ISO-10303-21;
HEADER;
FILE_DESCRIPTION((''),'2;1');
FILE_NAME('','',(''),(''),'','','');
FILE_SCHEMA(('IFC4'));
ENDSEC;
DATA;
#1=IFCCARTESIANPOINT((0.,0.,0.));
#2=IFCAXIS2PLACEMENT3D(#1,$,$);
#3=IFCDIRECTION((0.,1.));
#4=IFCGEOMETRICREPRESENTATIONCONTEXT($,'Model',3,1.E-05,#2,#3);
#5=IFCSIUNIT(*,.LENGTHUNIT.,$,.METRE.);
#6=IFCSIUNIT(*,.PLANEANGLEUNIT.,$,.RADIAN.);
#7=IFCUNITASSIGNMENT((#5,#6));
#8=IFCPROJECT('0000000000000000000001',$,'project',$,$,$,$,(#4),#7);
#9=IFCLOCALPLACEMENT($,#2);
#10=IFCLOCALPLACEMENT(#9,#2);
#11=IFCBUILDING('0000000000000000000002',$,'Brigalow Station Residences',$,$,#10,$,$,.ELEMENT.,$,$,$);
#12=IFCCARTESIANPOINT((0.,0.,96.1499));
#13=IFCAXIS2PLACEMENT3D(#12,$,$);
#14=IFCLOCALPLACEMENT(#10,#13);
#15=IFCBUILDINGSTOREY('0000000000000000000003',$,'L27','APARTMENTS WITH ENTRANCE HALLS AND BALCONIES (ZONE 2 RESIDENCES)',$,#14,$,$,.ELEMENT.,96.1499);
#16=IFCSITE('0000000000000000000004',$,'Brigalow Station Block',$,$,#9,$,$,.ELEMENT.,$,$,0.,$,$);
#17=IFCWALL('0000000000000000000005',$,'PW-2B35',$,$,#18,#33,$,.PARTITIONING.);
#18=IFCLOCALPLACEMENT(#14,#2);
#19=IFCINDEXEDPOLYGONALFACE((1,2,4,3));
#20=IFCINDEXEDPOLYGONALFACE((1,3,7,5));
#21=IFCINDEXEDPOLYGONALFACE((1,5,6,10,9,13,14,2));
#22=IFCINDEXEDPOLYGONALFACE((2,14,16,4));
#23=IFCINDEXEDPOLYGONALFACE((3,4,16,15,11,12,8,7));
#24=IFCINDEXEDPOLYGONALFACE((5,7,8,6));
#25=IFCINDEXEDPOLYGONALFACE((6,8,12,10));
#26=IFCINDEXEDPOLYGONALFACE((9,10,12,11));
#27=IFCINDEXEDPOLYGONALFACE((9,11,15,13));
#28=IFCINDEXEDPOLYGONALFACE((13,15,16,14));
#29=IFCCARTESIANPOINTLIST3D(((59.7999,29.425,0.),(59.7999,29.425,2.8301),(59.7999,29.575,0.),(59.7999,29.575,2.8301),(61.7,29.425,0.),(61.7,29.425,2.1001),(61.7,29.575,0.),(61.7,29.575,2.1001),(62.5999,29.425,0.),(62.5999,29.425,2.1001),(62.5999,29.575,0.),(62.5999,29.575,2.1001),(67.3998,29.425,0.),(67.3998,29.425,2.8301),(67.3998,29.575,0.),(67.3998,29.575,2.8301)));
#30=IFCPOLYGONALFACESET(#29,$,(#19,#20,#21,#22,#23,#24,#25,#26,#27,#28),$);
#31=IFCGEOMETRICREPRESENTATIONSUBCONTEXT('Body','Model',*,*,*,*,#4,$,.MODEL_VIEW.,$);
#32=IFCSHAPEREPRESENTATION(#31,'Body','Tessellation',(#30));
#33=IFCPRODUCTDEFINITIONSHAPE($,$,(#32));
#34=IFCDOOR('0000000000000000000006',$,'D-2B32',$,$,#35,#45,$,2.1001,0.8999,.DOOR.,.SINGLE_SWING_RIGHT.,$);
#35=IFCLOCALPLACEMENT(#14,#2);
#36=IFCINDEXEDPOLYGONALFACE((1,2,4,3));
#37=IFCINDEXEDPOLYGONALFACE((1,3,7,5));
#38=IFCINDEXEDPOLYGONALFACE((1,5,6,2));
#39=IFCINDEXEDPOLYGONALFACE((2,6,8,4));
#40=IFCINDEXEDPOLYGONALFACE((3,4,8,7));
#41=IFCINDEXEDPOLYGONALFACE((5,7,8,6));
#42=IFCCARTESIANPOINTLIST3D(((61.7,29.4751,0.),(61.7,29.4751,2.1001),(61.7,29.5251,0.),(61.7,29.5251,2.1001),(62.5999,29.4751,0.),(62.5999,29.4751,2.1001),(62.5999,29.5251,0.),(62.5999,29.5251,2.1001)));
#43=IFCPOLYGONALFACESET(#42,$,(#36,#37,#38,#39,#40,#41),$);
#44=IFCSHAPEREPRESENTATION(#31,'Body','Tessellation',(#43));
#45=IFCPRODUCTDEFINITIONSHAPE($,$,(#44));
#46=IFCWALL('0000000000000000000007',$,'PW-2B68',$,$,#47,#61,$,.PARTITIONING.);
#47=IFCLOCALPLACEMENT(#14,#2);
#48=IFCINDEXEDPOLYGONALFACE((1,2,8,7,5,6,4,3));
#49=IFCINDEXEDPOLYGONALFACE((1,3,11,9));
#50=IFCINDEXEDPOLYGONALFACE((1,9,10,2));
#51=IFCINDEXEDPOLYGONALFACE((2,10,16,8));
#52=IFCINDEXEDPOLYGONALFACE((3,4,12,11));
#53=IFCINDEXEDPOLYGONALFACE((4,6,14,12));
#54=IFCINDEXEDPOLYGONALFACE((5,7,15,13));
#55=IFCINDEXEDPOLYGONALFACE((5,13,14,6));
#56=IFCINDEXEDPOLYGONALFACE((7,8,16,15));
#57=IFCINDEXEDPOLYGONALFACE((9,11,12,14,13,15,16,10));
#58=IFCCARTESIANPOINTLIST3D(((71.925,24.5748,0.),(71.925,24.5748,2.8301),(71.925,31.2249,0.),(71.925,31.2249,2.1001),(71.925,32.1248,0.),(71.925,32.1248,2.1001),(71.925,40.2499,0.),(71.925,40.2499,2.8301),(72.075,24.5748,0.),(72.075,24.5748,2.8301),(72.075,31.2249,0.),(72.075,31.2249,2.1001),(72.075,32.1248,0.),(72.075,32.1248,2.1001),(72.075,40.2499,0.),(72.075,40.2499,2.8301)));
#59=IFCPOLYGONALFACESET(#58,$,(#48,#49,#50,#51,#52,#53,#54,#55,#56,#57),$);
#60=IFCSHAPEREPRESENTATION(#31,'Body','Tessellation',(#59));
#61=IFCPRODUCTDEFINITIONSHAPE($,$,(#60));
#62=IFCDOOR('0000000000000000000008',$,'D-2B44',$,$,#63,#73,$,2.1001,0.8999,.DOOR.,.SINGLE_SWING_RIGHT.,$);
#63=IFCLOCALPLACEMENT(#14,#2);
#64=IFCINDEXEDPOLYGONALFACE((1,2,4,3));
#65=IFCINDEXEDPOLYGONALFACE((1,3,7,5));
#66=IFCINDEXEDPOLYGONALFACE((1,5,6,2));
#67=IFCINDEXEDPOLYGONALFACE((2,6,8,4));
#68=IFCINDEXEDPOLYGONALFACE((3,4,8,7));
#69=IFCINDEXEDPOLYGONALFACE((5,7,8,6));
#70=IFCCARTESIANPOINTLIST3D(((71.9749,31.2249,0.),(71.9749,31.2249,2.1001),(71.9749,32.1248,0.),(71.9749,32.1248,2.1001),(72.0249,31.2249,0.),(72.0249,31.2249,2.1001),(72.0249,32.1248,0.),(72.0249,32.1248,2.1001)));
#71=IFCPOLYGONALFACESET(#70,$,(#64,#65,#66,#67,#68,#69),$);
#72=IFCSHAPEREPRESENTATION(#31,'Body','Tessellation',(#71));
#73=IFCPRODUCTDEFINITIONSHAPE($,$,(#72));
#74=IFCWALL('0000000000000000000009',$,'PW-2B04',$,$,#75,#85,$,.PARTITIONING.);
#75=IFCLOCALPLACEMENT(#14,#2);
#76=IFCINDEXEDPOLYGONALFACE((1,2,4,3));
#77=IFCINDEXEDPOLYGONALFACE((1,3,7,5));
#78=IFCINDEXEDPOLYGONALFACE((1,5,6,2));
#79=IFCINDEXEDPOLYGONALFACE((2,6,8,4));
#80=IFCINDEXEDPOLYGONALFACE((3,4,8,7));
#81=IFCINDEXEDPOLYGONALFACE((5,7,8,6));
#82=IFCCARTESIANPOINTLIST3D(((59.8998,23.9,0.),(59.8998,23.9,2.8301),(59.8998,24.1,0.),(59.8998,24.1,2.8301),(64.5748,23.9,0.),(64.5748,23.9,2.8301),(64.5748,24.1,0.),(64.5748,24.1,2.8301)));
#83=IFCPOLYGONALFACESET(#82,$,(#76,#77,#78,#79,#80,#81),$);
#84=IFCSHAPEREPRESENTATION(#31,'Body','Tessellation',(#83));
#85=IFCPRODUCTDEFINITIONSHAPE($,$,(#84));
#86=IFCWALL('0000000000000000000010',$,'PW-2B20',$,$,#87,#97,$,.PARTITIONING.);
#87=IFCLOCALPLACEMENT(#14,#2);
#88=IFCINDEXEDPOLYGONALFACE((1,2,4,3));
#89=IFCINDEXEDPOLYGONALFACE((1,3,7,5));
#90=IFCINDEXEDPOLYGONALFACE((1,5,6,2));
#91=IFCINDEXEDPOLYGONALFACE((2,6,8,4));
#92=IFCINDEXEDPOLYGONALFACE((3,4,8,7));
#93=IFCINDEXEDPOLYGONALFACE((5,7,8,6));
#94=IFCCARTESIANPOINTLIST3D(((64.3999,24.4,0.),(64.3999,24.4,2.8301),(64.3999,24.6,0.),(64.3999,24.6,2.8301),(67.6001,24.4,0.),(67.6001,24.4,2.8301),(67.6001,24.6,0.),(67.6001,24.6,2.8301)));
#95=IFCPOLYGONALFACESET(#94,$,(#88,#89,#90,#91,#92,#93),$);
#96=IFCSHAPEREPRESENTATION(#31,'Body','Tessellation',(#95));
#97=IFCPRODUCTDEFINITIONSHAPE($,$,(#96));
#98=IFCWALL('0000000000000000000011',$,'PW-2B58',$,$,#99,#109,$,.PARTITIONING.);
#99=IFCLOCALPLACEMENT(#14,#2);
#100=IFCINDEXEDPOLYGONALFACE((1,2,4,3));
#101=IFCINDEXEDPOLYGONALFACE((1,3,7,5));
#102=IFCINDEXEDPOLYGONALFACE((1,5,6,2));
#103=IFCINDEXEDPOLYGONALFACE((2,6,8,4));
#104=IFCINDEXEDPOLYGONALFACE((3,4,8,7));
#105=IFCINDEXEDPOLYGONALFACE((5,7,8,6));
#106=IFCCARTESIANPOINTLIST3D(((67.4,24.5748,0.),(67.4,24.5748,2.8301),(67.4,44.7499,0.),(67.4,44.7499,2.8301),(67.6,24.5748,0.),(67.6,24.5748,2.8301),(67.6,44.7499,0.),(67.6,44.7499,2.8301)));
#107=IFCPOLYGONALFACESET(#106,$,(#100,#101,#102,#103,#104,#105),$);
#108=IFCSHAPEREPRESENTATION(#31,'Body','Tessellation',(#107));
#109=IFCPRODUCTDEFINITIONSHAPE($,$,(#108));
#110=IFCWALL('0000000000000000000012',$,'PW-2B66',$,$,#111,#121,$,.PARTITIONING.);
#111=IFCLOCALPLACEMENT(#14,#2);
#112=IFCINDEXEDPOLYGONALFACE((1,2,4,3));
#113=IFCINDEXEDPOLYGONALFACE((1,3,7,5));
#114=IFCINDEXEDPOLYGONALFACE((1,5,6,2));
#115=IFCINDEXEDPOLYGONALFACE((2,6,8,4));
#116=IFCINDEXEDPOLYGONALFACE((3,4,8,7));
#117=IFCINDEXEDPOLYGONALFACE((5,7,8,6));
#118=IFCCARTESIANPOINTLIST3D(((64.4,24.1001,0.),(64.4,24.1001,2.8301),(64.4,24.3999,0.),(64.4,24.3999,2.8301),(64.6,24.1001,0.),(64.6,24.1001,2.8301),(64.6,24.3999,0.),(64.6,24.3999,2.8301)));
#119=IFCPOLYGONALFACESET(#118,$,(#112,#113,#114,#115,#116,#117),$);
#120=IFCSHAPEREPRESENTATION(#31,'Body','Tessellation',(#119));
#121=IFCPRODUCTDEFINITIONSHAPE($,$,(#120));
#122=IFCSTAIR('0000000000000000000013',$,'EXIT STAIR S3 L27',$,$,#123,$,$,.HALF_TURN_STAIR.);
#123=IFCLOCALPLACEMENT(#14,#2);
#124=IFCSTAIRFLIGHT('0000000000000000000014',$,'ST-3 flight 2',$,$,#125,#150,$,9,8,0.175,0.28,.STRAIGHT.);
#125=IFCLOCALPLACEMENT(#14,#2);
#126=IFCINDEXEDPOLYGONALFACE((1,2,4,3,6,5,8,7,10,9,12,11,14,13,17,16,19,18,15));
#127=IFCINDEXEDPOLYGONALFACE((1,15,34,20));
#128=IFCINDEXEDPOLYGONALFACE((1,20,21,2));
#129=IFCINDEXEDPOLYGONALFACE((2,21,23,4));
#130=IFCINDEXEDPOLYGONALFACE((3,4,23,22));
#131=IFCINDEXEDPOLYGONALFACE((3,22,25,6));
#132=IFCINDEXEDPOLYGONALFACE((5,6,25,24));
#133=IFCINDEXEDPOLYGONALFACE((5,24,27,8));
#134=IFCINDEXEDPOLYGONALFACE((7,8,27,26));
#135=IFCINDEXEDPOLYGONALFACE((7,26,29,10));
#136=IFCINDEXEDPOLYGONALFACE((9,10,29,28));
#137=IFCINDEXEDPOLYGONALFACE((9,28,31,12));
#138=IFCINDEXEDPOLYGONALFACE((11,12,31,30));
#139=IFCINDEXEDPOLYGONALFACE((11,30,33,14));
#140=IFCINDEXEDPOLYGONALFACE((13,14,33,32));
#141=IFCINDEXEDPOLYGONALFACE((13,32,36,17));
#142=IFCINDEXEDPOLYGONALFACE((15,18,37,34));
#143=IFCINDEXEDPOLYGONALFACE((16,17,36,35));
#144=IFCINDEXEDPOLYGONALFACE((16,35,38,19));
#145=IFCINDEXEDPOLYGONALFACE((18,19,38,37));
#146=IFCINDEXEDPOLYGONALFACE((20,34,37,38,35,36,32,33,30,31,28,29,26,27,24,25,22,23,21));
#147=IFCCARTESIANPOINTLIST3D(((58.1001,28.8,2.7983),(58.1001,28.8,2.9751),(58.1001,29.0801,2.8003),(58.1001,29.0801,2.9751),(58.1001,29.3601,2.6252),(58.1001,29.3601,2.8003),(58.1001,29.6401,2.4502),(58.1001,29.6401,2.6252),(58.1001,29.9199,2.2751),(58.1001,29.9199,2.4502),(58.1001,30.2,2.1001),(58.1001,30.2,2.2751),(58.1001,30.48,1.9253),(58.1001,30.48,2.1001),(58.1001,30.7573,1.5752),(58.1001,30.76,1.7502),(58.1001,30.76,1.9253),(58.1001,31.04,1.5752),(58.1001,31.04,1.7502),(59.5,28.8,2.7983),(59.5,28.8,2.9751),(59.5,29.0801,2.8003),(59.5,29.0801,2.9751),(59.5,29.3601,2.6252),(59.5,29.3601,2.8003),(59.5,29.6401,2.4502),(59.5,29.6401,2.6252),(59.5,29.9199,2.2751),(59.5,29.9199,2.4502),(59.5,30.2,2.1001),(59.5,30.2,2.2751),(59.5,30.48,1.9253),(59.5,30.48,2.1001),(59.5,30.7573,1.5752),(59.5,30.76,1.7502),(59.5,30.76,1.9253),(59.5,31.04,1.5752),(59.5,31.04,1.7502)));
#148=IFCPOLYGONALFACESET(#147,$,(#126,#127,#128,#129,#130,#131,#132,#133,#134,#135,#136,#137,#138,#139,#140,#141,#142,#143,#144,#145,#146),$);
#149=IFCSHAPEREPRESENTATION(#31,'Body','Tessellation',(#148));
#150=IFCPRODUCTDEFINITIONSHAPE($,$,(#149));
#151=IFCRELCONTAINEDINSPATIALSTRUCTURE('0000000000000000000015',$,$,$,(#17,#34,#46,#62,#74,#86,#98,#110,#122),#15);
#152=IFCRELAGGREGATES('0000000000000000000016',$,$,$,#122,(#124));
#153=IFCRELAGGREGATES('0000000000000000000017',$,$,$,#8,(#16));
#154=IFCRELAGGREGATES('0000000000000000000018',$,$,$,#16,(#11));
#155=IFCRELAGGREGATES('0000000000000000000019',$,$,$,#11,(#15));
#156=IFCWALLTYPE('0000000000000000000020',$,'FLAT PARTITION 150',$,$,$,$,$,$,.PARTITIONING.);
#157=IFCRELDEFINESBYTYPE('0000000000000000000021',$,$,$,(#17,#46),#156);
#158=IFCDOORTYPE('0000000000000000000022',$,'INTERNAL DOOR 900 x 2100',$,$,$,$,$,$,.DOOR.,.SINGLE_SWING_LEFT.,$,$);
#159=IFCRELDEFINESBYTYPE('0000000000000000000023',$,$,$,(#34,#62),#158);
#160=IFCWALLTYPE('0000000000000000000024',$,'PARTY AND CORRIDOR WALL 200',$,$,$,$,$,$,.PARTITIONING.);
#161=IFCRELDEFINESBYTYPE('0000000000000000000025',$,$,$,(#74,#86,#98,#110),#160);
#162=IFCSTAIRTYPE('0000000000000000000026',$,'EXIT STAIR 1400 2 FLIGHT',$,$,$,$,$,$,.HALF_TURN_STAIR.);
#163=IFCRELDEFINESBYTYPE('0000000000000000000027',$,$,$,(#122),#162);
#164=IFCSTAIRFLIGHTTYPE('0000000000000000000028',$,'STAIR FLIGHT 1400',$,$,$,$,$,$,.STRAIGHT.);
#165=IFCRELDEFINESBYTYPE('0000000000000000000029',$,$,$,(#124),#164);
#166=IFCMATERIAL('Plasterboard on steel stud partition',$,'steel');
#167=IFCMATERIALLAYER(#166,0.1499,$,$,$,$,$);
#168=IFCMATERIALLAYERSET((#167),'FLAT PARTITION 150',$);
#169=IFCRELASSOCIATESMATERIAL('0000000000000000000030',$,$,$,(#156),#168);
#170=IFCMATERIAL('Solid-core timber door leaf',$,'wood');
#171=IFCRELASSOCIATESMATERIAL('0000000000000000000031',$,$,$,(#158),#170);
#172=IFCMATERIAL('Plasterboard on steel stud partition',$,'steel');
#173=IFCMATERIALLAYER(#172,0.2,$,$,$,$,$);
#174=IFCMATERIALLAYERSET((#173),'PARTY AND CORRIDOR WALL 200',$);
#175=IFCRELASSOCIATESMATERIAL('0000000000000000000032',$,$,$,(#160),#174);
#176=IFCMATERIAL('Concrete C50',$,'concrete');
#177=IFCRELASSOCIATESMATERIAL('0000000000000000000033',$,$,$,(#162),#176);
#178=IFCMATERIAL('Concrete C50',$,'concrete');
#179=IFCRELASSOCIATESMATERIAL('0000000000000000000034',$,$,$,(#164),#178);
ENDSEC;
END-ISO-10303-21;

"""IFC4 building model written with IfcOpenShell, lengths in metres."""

from ifc_helpers import new_model, si_unit, direction, frame, frame_2d, origin, place, context, subcontext, project, spatial, polyline, rectangle, outline, extrude, material, layer, layer_set, type_object, element, fill, aggregate, save


model = new_model("IFC4")

# Units and contexts
model_context = context("Model", 3, precision=1e-05, world=origin(), true_north=direction((0.0, 1.0)))
body_context = subcontext(model_context, "Body", "Model", "MODEL_VIEW")
ifc_project = project(units=[si_unit("LENGTHUNIT", "METRE"), si_unit("PLANEANGLEUNIT", "RADIAN")], contexts=[model_context])

# Site, building, storey
site_placement = place(None, origin())
site = spatial("IfcSite", under=ifc_project, at=site_placement, Name="Brigalow Station Block", CompositionType="ELEMENT", RefElevation=0.0)
building_placement = place(site_placement, origin())
building = spatial("IfcBuilding", under=site, at=building_placement, Name="Brigalow Station Residences", CompositionType="ELEMENT")
storey_placement = place(building_placement, frame((0.0, 0.0, 96.1499)))
storey = spatial("IfcBuildingStorey", under=building, at=storey_placement, Name="L27", Description="APARTMENTS WITH ENTRANCE HALLS AND BALCONIES (ZONE 2 RESIDENCES)", CompositionType="ELEMENT", Elevation=96.1499)

# Shared definitions
ifc_material_1 = material(Name="Plasterboard on steel stud partition", Category="steel")
ifc_layer_1 = layer(ifc_material_1, 0.1499)
ifc_layer_set_1 = layer_set([ifc_layer_1], Name="FLAT PARTITION 150")
wall_type_1 = type_object("IfcWallType", Name="FLAT PARTITION 150", PredefinedType="PARTITIONING", material=ifc_layer_set_1)

# Walls, openings, doors
wall_1_placement = place(storey_placement, frame((59.8, 29.5, 0.0), z_axis=(0.0, 0.0, 1.0), x_axis=(1.0, 0.0, 0.0)))
wall_1 = element("IfcWall", 1, at=wall_1_placement, inside=storey, type_object=wall_type_1, Name="PW-2B35", PredefinedType="PARTITIONING", context=body_context, shape_type="SweptSolid", body=[
    extrude(rectangle(XDim=7.5999, YDim=0.1499, at=frame_2d((3.7998, 0.0))), origin(), (0.0, 0.0, 1.0), 2.8301),
])
opening_1_placement = place(wall_1_placement, frame((1.8999, 0.0, 0.0)))
opening_1 = element("IfcOpeningElement", 2, at=opening_1_placement, cuts=wall_1, PredefinedType="OPENING", context=body_context, shape_type="SweptSolid", body=[
    extrude(rectangle(XDim=0.8999, YDim=2.1001, at=frame_2d((0.45, 1.05))), frame((0.0, 0.085, 0.0), z_axis=(0.0, -1.0, 0.0), x_axis=(1.0, 0.0, 0.0)), (0.0, 0.0, 1.0), 0.1699),
])
ifc_material_2 = material(Name="Solid-core timber door leaf", Category="wood")
door_type_1 = type_object("IfcDoorType", Name="INTERNAL DOOR 900 x 2100", OperationType="SINGLE_SWING_LEFT", PredefinedType="DOOR", material=ifc_material_2)
door_1_placement = place(opening_1_placement, frame((0.8999, 0.0, 0.0), z_axis=(0.0, 0.0, 1.0), x_axis=(-1.0, 0.0, 0.0)))
door_1 = element("IfcDoor", 3, at=door_1_placement, inside=storey, type_object=door_type_1, Name="D-2B32", OperationType="SINGLE_SWING_RIGHT", OverallHeight=2.1001, OverallWidth=0.8999, PredefinedType="DOOR", context=body_context, shape_type="SweptSolid", body=[
    extrude(rectangle(XDim=0.8999, YDim=2.1001, at=frame_2d((0.45, 1.05))), frame((0.0, 0.0249, 0.0), z_axis=(0.0, -1.0, 0.0), x_axis=(1.0, 0.0, 0.0)), (0.0, 0.0, 1.0), 0.05),
])
fill(opening_1, door_1)
wall_2_placement = place(storey_placement, frame((72.0, 24.575, 0.0), z_axis=(0.0, 0.0, 1.0), x_axis=(0.0, 1.0, 0.0)))
wall_2 = element("IfcWall", 4, at=wall_2_placement, inside=storey, type_object=wall_type_1, Name="PW-2B68", PredefinedType="PARTITIONING", context=body_context, shape_type="SweptSolid", body=[
    extrude(rectangle(XDim=15.675, YDim=0.1499, at=frame_2d((7.8374, 0.0))), origin(), (0.0, 0.0, 1.0), 2.8301),
])
opening_2_placement = place(wall_2_placement, frame((6.6499, 0.0, 0.0)))
opening_2 = element("IfcOpeningElement", 5, at=opening_2_placement, cuts=wall_2, PredefinedType="OPENING", context=body_context, shape_type="SweptSolid", body=[
    extrude(rectangle(XDim=0.8999, YDim=2.1001, at=frame_2d((0.45, 1.05))), frame((0.0, 0.085, 0.0), z_axis=(0.0, -1.0, 0.0), x_axis=(1.0, 0.0, 0.0)), (0.0, 0.0, 1.0), 0.1699),
])
door_2_placement = place(opening_2_placement, frame((0.8999, 0.0, 0.0), z_axis=(0.0, 0.0, 1.0), x_axis=(-1.0, 0.0, 0.0)))
door_2 = element("IfcDoor", 6, at=door_2_placement, inside=storey, type_object=door_type_1, Name="D-2B44", OperationType="SINGLE_SWING_RIGHT", OverallHeight=2.1001, OverallWidth=0.8999, PredefinedType="DOOR", context=body_context, shape_type="SweptSolid", body=[
    extrude(rectangle(XDim=0.8999, YDim=2.1001, at=frame_2d((0.45, 1.05))), frame((0.0, 0.0249, 0.0), z_axis=(0.0, -1.0, 0.0), x_axis=(1.0, 0.0, 0.0)), (0.0, 0.0, 1.0), 0.05),
])
fill(opening_2, door_2)

# Walls
ifc_material_3 = material(Name="Plasterboard on steel stud partition", Category="steel")
ifc_layer_2 = layer(ifc_material_3, 0.2)
ifc_layer_set_2 = layer_set([ifc_layer_2], Name="PARTY AND CORRIDOR WALL 200")
wall_type_2 = type_object("IfcWallType", Name="PARTY AND CORRIDOR WALL 200", PredefinedType="PARTITIONING", material=ifc_layer_set_2)
wall_3_placement = place(storey_placement, frame((59.8999, 24.0, 0.0), z_axis=(0.0, 0.0, 1.0), x_axis=(1.0, 0.0, 0.0)))
element("IfcWall", 7, at=wall_3_placement, inside=storey, type_object=wall_type_2, Name="PW-2B04", PredefinedType="PARTITIONING", context=body_context, shape_type="SweptSolid", body=[
    extrude(rectangle(XDim=4.675, YDim=0.2, at=frame_2d((2.3374, 0.0))), origin(), (0.0, 0.0, 1.0), 2.8301),
])
wall_4_placement = place(storey_placement, frame((64.3999, 24.5, 0.0), z_axis=(0.0, 0.0, 1.0), x_axis=(1.0, 0.0, 0.0)))
element("IfcWall", 8, at=wall_4_placement, inside=storey, type_object=wall_type_2, Name="PW-2B20", PredefinedType="PARTITIONING", context=body_context, shape_type="SweptSolid", body=[
    extrude(rectangle(XDim=3.2002, YDim=0.2, at=frame_2d((1.6001, 0.0))), origin(), (0.0, 0.0, 1.0), 2.8301),
])
wall_5_placement = place(storey_placement, frame((67.5, 24.575, 0.0), z_axis=(0.0, 0.0, 1.0), x_axis=(0.0, 1.0, 0.0)))
element("IfcWall", 9, at=wall_5_placement, inside=storey, type_object=wall_type_2, Name="PW-2B58", PredefinedType="PARTITIONING", context=body_context, shape_type="SweptSolid", body=[
    extrude(rectangle(XDim=20.175, YDim=0.2, at=frame_2d((10.0874, 0.0))), origin(), (0.0, 0.0, 1.0), 2.8301),
])
wall_6_placement = place(storey_placement, frame((64.5, 24.1001, 0.0), z_axis=(0.0, 0.0, 1.0), x_axis=(0.0, 1.0, 0.0)))
element("IfcWall", 10, at=wall_6_placement, inside=storey, type_object=wall_type_2, Name="PW-2B66", PredefinedType="PARTITIONING", context=body_context, shape_type="SweptSolid", body=[
    extrude(rectangle(XDim=0.2998, YDim=0.2, at=frame_2d((0.1499, 0.0))), origin(), (0.0, 0.0, 1.0), 2.8301),
])

# Stair, stair flight
ifc_material_4 = material(Name="Concrete C50", Category="concrete")
stair_type = type_object("IfcStairType", Name="EXIT STAIR 1400 2 FLIGHT", PredefinedType="HALF_TURN_STAIR", material=ifc_material_4)
stair_placement = place(storey_placement, origin())
stair = element("IfcStair", 11, at=stair_placement, inside=storey, type_object=stair_type, Name="EXIT STAIR S3 L27", PredefinedType="HALF_TURN_STAIR")
ifc_material_5 = material(Name="Concrete C50", Category="concrete")
stair_flight_type = type_object("IfcStairFlightType", Name="STAIR FLIGHT 1400", PredefinedType="STRAIGHT", material=ifc_material_5)
stair_flight_placement = place(storey_placement, frame((58.8, 31.04, 1.5752), z_axis=(0.0, 0.0, 1.0), x_axis=(0.0, -1.0, 0.0)))
stair_flight = element("IfcStairFlight", 12, at=stair_flight_placement, type_object=stair_flight_type, Name="ST-3 flight 2", NumberOfRisers=9, NumberOfTreads=8, PredefinedType="STRAIGHT", RiserHeight=0.175, TreadLength=0.28, context=body_context, shape_type="SweptSolid", body=[
    extrude(outline(polyline([(0.0, 0.0), (0.0, 0.175), (0.28, 0.175), (0.28, 0.3501), (0.5601, 0.3501), (0.5601, 0.5249), (0.8401, 0.5249), (0.8401, 0.7), (1.1201, 0.7), (1.1201, 0.875), (1.3999, 0.875), (1.3999, 1.05), (1.6799, 1.05), (1.6799, 1.2251), (1.96, 1.2251), (1.96, 1.3999), (2.24, 1.3999), (2.24, 1.575), (2.24, 1.2231), (0.2827, 0.0), (0.0, 0.0)])), frame((0.0, 0.7, 0.0), z_axis=(0.0, -1.0, 0.0), x_axis=(1.0, 0.0, 0.0)), (0.0, 0.0, 1.0), 1.3999),
])
aggregate(stair, [stair_flight])

save(model, "model.ifc")
